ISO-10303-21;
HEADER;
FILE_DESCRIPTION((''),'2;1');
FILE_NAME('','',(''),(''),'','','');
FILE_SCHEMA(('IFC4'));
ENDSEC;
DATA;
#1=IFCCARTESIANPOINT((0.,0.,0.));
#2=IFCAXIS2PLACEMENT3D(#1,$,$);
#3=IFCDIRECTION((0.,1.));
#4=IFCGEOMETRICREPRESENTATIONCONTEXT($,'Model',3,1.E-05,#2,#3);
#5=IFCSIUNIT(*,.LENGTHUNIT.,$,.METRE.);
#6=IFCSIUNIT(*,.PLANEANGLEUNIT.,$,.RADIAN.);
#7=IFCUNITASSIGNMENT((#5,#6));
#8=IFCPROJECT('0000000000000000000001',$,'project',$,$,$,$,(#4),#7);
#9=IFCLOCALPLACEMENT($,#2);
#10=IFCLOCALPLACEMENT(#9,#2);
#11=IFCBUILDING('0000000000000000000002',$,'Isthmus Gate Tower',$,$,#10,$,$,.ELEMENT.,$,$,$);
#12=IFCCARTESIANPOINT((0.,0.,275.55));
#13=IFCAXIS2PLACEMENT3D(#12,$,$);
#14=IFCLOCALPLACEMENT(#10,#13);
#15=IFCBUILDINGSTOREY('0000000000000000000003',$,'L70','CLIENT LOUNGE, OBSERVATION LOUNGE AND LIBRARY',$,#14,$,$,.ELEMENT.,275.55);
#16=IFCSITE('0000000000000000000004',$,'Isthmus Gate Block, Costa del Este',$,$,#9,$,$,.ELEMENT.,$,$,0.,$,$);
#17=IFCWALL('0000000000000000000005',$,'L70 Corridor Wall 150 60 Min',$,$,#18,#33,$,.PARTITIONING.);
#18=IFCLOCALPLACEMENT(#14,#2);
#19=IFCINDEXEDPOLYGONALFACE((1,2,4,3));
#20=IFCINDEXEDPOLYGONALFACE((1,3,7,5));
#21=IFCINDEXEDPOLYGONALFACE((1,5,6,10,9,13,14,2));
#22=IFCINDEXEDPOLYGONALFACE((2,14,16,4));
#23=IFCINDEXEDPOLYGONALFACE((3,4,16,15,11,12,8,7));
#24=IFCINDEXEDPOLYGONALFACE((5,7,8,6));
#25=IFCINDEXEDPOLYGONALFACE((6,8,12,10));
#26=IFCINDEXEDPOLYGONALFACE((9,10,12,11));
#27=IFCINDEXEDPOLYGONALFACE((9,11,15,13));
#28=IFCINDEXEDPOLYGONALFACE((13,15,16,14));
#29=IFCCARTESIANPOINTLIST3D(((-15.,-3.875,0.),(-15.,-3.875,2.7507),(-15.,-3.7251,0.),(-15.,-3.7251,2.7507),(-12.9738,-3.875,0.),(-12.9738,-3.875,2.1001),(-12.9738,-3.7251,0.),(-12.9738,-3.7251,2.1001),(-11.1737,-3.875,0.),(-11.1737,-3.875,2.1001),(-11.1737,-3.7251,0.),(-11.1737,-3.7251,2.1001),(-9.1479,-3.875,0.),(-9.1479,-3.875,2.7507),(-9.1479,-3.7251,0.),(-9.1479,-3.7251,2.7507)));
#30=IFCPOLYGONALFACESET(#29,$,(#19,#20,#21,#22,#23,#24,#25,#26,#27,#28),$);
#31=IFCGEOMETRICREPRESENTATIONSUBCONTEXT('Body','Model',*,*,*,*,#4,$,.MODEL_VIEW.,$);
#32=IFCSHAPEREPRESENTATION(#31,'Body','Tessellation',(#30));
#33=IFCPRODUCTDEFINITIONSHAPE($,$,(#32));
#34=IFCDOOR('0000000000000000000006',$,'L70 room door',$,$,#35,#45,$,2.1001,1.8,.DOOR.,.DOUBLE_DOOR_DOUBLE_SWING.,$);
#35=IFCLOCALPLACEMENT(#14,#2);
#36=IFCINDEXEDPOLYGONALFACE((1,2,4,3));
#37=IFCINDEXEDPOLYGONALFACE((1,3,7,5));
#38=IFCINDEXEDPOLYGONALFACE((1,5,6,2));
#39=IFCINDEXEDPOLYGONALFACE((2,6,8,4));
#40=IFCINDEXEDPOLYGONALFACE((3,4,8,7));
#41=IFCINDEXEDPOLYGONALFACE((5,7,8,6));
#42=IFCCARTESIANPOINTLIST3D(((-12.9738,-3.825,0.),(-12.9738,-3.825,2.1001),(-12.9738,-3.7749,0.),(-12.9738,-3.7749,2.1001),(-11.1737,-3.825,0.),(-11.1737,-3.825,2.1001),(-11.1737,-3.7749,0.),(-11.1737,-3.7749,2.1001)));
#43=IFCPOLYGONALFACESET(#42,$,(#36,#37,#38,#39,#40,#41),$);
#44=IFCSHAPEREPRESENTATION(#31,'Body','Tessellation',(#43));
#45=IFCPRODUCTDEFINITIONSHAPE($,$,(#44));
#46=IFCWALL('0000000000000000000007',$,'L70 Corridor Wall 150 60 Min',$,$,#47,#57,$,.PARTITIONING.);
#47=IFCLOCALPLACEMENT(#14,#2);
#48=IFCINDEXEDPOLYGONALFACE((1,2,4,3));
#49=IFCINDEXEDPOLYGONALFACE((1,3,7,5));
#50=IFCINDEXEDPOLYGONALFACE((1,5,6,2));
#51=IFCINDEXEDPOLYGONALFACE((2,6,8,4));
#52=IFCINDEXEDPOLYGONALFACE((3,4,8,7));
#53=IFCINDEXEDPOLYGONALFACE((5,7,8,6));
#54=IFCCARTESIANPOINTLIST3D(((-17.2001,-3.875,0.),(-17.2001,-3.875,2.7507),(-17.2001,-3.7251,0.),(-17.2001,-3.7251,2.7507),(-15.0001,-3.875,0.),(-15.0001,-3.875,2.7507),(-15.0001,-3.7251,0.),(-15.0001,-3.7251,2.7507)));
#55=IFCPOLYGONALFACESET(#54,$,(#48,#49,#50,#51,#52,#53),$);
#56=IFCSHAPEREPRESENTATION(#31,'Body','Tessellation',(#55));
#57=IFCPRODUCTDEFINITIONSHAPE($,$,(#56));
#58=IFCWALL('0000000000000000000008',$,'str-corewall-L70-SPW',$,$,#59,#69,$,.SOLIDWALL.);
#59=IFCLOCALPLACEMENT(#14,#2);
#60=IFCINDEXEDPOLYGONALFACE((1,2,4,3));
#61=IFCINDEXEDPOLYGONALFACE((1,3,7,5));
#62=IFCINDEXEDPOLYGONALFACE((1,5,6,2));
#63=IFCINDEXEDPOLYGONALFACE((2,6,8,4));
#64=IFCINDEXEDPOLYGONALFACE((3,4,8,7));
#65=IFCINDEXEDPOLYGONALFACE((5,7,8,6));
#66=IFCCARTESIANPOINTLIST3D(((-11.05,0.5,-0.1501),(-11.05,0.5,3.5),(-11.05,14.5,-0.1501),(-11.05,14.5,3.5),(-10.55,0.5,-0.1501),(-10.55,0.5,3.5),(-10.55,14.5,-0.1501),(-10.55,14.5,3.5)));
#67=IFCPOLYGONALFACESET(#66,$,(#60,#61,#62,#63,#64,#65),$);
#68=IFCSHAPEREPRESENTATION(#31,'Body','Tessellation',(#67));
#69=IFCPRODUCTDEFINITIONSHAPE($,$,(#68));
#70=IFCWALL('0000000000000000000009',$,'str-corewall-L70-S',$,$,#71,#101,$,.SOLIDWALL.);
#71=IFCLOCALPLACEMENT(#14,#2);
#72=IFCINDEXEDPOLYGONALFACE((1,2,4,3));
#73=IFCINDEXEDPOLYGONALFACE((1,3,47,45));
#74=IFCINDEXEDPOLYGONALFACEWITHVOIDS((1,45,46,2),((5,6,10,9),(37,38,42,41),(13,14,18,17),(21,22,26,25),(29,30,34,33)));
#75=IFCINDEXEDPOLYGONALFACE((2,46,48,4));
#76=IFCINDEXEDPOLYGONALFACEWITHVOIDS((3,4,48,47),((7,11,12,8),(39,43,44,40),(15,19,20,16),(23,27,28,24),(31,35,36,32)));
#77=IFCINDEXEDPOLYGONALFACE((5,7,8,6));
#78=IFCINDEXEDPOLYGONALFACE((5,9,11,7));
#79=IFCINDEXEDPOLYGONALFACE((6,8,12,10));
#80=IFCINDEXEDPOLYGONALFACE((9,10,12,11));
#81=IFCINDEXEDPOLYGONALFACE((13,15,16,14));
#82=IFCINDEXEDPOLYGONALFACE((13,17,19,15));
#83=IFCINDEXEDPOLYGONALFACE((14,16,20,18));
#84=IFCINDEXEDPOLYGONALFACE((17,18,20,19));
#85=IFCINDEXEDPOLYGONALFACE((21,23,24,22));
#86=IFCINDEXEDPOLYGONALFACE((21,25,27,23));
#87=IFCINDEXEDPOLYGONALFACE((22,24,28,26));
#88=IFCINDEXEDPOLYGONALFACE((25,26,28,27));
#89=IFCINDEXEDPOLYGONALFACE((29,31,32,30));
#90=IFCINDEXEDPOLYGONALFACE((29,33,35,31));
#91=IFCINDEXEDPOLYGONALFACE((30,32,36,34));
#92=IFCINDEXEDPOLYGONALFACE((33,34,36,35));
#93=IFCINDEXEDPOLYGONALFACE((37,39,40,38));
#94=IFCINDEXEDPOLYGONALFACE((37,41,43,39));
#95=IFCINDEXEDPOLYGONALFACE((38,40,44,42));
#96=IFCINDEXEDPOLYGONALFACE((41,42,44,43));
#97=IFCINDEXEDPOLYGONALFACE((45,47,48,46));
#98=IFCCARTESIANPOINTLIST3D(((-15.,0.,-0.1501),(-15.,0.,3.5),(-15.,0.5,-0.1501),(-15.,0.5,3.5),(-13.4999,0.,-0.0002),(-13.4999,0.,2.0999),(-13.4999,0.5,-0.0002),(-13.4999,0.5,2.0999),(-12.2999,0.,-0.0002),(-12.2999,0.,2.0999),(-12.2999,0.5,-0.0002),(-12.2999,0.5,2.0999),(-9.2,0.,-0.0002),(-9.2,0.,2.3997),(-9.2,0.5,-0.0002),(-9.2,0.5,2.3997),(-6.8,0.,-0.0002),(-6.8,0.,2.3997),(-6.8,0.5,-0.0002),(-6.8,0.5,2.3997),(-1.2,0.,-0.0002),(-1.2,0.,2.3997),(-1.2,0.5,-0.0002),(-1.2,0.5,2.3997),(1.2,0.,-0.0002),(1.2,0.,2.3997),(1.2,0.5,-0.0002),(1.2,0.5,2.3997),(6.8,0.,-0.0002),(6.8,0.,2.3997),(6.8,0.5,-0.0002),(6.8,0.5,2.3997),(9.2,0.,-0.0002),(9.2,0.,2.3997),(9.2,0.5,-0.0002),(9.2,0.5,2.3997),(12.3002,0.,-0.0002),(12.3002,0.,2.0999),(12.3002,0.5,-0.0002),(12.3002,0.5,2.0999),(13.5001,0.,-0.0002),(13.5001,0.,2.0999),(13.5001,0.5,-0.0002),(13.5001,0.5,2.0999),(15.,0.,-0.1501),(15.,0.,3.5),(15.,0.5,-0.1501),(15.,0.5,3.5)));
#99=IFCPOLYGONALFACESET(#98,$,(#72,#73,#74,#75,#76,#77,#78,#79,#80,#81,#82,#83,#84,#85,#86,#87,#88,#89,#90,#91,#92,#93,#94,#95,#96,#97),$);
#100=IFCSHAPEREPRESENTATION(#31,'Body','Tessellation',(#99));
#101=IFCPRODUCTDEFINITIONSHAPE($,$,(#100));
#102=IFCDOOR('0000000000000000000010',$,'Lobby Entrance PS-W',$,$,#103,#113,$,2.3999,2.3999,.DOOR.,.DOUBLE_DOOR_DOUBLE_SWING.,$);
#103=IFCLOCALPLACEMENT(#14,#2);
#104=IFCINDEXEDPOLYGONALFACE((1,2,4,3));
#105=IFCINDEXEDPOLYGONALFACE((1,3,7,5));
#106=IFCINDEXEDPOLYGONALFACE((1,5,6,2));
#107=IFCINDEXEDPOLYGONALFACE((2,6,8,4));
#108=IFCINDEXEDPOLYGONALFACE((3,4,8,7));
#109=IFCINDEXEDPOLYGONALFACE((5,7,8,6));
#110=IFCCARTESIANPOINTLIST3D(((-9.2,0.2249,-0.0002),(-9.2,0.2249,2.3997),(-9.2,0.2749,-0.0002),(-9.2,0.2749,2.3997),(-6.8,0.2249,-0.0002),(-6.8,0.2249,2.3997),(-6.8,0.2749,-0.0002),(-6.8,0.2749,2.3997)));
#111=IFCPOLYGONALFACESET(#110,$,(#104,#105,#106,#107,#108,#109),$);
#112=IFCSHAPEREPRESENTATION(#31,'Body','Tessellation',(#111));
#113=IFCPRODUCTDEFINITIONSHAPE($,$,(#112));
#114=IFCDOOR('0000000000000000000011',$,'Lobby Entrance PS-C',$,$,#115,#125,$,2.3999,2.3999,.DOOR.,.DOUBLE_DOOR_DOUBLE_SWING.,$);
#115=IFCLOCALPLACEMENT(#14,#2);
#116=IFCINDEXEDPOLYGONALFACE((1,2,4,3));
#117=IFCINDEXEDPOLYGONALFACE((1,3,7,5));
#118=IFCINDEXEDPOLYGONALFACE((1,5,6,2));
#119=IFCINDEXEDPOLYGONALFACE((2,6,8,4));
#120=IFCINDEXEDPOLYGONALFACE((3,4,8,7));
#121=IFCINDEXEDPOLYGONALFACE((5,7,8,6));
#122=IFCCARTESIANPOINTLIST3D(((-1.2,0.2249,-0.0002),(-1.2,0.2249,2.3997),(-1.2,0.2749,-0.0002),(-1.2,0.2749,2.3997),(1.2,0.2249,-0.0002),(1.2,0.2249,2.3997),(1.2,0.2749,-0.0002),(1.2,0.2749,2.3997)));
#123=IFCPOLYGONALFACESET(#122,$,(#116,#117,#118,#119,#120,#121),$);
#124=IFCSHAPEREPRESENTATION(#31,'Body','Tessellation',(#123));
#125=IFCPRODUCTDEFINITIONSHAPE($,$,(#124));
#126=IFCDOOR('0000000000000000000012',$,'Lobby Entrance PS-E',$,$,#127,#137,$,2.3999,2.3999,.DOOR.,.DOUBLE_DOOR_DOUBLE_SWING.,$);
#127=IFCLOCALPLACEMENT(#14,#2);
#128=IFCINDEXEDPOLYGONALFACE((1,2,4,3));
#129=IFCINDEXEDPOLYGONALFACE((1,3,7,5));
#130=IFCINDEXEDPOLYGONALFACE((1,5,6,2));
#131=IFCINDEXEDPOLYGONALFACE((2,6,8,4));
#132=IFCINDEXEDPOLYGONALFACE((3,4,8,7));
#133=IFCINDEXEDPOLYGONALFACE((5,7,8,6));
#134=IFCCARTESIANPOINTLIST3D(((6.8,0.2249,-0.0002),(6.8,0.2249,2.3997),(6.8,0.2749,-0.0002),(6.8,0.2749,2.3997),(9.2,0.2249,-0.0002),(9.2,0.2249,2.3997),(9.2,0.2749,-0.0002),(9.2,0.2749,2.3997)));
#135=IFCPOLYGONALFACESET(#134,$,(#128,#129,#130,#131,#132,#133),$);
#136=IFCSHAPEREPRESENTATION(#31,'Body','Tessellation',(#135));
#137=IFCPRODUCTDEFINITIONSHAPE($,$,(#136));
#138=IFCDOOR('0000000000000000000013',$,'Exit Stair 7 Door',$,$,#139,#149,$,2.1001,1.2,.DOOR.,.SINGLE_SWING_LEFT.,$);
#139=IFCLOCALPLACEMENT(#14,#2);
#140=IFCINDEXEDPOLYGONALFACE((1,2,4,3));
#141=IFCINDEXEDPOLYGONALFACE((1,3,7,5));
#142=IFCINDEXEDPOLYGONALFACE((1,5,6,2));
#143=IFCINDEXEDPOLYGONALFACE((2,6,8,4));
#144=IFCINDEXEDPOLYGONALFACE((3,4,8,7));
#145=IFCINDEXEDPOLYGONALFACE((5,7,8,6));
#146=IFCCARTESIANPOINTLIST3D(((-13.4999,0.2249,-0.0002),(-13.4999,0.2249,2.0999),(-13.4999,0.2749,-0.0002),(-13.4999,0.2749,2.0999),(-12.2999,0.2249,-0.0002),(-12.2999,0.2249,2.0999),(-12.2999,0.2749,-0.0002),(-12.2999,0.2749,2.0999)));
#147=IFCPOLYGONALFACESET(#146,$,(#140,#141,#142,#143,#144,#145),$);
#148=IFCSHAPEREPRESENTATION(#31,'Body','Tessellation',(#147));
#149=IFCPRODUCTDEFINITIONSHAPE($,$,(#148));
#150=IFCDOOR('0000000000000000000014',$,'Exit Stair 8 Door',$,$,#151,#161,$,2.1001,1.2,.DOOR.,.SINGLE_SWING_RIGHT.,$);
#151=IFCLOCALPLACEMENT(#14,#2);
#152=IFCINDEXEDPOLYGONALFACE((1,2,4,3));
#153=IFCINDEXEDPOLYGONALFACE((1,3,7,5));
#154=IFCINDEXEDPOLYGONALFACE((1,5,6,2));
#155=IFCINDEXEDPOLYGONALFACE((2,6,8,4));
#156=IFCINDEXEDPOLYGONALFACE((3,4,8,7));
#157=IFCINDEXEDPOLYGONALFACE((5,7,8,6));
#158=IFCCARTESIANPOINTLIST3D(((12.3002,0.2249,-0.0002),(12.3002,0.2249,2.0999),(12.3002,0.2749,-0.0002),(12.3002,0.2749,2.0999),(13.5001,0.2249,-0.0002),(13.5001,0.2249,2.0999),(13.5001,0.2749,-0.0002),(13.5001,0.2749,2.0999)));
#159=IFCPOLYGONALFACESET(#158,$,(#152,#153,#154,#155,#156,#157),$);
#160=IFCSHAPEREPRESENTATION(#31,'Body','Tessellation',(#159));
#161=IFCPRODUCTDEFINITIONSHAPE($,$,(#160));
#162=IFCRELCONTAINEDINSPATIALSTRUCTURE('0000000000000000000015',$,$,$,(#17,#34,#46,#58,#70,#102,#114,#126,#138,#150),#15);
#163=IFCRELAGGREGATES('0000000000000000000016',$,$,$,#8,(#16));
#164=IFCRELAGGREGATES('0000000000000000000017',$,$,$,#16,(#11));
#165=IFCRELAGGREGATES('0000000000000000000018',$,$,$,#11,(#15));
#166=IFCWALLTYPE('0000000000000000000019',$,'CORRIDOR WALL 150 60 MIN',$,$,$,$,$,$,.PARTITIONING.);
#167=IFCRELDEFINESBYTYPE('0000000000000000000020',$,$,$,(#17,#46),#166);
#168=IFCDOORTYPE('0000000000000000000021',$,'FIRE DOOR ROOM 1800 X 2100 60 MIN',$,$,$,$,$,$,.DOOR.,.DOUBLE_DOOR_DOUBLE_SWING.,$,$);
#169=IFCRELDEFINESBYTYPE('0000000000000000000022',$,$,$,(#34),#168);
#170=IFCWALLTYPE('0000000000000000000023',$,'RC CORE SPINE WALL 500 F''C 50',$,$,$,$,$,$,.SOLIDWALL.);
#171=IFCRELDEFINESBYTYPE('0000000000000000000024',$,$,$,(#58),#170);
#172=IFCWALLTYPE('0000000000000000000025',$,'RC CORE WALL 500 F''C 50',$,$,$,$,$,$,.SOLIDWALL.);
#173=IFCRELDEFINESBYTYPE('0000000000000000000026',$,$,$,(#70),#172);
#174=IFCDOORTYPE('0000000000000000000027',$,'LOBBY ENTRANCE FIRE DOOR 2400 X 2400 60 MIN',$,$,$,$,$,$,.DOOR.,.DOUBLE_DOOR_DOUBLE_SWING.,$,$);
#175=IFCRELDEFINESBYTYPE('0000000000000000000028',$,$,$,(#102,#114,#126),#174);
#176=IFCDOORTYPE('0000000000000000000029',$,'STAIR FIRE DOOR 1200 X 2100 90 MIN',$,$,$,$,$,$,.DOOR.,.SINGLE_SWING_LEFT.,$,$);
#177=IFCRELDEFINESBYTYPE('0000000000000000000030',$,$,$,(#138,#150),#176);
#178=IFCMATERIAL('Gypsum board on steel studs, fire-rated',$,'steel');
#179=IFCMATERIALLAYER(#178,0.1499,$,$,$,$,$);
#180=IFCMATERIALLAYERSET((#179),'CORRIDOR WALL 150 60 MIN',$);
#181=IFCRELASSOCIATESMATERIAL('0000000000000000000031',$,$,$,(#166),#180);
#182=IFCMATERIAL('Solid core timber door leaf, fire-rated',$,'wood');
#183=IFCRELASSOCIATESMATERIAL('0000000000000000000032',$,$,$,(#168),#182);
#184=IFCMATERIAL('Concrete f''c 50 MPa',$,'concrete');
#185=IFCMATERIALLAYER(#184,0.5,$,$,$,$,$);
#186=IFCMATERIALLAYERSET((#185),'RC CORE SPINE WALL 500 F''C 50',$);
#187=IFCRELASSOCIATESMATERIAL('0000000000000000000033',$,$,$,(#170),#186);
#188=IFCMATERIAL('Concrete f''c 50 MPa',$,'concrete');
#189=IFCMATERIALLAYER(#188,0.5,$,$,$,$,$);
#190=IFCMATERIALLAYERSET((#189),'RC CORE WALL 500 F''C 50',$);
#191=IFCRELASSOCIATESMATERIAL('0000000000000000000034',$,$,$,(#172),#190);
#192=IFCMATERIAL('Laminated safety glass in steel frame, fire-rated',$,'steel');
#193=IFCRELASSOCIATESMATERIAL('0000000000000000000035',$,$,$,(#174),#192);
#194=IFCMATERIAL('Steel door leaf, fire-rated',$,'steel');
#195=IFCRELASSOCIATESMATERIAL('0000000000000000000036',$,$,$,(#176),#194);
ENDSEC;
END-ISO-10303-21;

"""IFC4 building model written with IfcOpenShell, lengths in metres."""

from ifc_helpers import new_model, si_unit, direction, frame, frame_2d, origin, place, context, subcontext, project, spatial, rectangle, extrude, material, layer, layer_set, type_object, element, fill, save


model = new_model("IFC4")

# Units and contexts
model_context = context("Model", 3, precision=1e-05, world=origin(), true_north=direction((0.0, 1.0)))
body_context = subcontext(model_context, "Body", "Model", "MODEL_VIEW")
ifc_project = project(units=[si_unit("LENGTHUNIT", "METRE"), si_unit("PLANEANGLEUNIT", "RADIAN")], contexts=[model_context])

# Site, building, storey
site_placement = place(None, origin())
site = spatial("IfcSite", under=ifc_project, at=site_placement, Name="Isthmus Gate Block, Costa del Este", CompositionType="ELEMENT", RefElevation=0.0)
building_placement = place(site_placement, origin())
building = spatial("IfcBuilding", under=site, at=building_placement, Name="Isthmus Gate Tower", CompositionType="ELEMENT")
storey_placement = place(building_placement, frame((0.0, 0.0, 275.55)))
storey = spatial("IfcBuildingStorey", under=building, at=storey_placement, Name="L70", Description="CLIENT LOUNGE, OBSERVATION LOUNGE AND LIBRARY", CompositionType="ELEMENT", Elevation=275.55)

# Wall, opening, door
ifc_material_1 = material(Name="Gypsum board on steel studs, fire-rated", Category="steel")
ifc_layer_1 = layer(ifc_material_1, 0.1499)
ifc_layer_set_1 = layer_set([ifc_layer_1], Name="CORRIDOR WALL 150 60 MIN")
wall_type_1 = type_object("IfcWallType", Name="CORRIDOR WALL 150 60 MIN", PredefinedType="PARTITIONING", material=ifc_layer_set_1)
wall_1_placement = place(storey_placement, frame((-9.1479, -3.8, 0.0), z_axis=(0.0, 0.0, 1.0), x_axis=(-1.0, 0.0, 0.0)))
wall_1 = element("IfcWall", 1, at=wall_1_placement, inside=storey, type_object=wall_type_1, Name="L70 Corridor Wall 150 60 Min", PredefinedType="PARTITIONING", context=body_context, shape_type="SweptSolid", body=[
    extrude(rectangle(XDim=5.8521, YDim=0.1499, at=frame_2d((2.926, 0.0))), origin(), (0.0, 0.0, 1.0), 2.7507),
])
opening_1_placement = place(wall_1_placement, frame((2.0259, 0.0, 0.0)))
opening_1 = element("IfcOpeningElement", 2, at=opening_1_placement, cuts=wall_1, PredefinedType="OPENING", context=body_context, shape_type="SweptSolid", body=[
    extrude(rectangle(XDim=1.8, YDim=2.1001, at=frame_2d((0.8999, 1.05))), frame((0.0, 0.085, 0.0), z_axis=(0.0, -1.0, 0.0), x_axis=(1.0, 0.0, 0.0)), (0.0, 0.0, 1.0), 0.1699),
])
ifc_material_2 = material(Name="Solid core timber door leaf, fire-rated", Category="wood")
door_type_1 = type_object("IfcDoorType", Name="FIRE DOOR ROOM 1800 X 2100 60 MIN", OperationType="DOUBLE_DOOR_DOUBLE_SWING", PredefinedType="DOOR", material=ifc_material_2)
door_1_placement = place(opening_1_placement, origin())
door_1 = element("IfcDoor", 3, at=door_1_placement, inside=storey, type_object=door_type_1, Name="L70 room door", OperationType="DOUBLE_DOOR_DOUBLE_SWING", OverallHeight=2.1001, OverallWidth=1.8, PredefinedType="DOOR", context=body_context, shape_type="SweptSolid", body=[
    extrude(rectangle(XDim=1.8, YDim=2.1001, at=frame_2d((0.8999, 1.05))), frame((0.0, 0.0249, 0.0), z_axis=(0.0, -1.0, 0.0), x_axis=(1.0, 0.0, 0.0)), (0.0, 0.0, 1.0), 0.05),
])
fill(opening_1, door_1)

# Walls
wall_2_placement = place(storey_placement, frame((-15.0, -3.8, 0.0), z_axis=(0.0, 0.0, 1.0), x_axis=(-1.0, 0.0, 0.0)))
element("IfcWall", 4, at=wall_2_placement, inside=storey, type_object=wall_type_1, Name="L70 Corridor Wall 150 60 Min", PredefinedType="PARTITIONING", context=body_context, shape_type="SweptSolid", body=[
    extrude(rectangle(XDim=2.2, YDim=0.1499, at=frame_2d((1.1001, 0.0))), origin(), (0.0, 0.0, 1.0), 2.7507),
])
ifc_material_3 = material(Name="Concrete f'c 50 MPa", Category="concrete")
ifc_layer_2 = layer(ifc_material_3, 0.5)
ifc_layer_set_2 = layer_set([ifc_layer_2], Name="RC CORE SPINE WALL 500 F'C 50")
wall_type_2 = type_object("IfcWallType", Name="RC CORE SPINE WALL 500 F'C 50", PredefinedType="SOLIDWALL", material=ifc_layer_set_2)
wall_3_placement = place(storey_placement, frame((-10.8, 0.5, -0.1501), z_axis=(0.0, 0.0, 1.0), x_axis=(0.0, 1.0, 0.0)))
element("IfcWall", 5, at=wall_3_placement, inside=storey, type_object=wall_type_2, Name="str-corewall-L70-SPW", PredefinedType="SOLIDWALL", context=body_context, shape_type="SweptSolid", body=[
    extrude(rectangle(XDim=14.0, YDim=0.5, at=frame_2d((7.0, 0.0))), origin(), (0.0, 0.0, 1.0), 3.6501),
])

# Wall, openings, doors
ifc_material_4 = material(Name="Concrete f'c 50 MPa", Category="concrete")
ifc_layer_3 = layer(ifc_material_4, 0.5)
ifc_layer_set_3 = layer_set([ifc_layer_3], Name="RC CORE WALL 500 F'C 50")
wall_type_3 = type_object("IfcWallType", Name="RC CORE WALL 500 F'C 50", PredefinedType="SOLIDWALL", material=ifc_layer_set_3)
wall_4_placement = place(storey_placement, frame((-15.0, 0.25, -0.1501), z_axis=(0.0, 0.0, 1.0), x_axis=(1.0, 0.0, 0.0)))
wall_4 = element("IfcWall", 6, at=wall_4_placement, inside=storey, type_object=wall_type_3, Name="str-corewall-L70-S", PredefinedType="SOLIDWALL", context=body_context, shape_type="SweptSolid", body=[
    extrude(rectangle(XDim=30.0, YDim=0.5, at=frame_2d((15.0, 0.0))), origin(), (0.0, 0.0, 1.0), 3.6501),
])
opening_2_placement = place(wall_4_placement, frame((5.8, 0.0, 0.1499)))
opening_2 = element("IfcOpeningElement", 7, at=opening_2_placement, cuts=wall_4, PredefinedType="OPENING", context=body_context, shape_type="SweptSolid", body=[
    extrude(rectangle(XDim=2.3999, YDim=2.3999, at=frame_2d((1.2, 1.2))), frame((0.0, 0.26, 0.0), z_axis=(0.0, -1.0, 0.0), x_axis=(1.0, 0.0, 0.0)), (0.0, 0.0, 1.0), 0.52),
])
opening_3_placement = place(wall_4_placement, frame((13.8, 0.0, 0.1499)))
opening_3 = element("IfcOpeningElement", 8, at=opening_3_placement, cuts=wall_4, PredefinedType="OPENING", context=body_context, shape_type="SweptSolid", body=[
    extrude(rectangle(XDim=2.3999, YDim=2.3999, at=frame_2d((1.2, 1.2))), frame((0.0, 0.26, 0.0), z_axis=(0.0, -1.0, 0.0), x_axis=(1.0, 0.0, 0.0)), (0.0, 0.0, 1.0), 0.52),
])
opening_4_placement = place(wall_4_placement, frame((21.8, 0.0, 0.1499)))
opening_4 = element("IfcOpeningElement", 9, at=opening_4_placement, cuts=wall_4, PredefinedType="OPENING", context=body_context, shape_type="SweptSolid", body=[
    extrude(rectangle(XDim=2.3999, YDim=2.3999, at=frame_2d((1.2, 1.2))), frame((0.0, 0.26, 0.0), z_axis=(0.0, -1.0, 0.0), x_axis=(1.0, 0.0, 0.0)), (0.0, 0.0, 1.0), 0.52),
])
opening_5_placement = place(wall_4_placement, frame((1.5, 0.0, 0.1499)))
opening_5 = element("IfcOpeningElement", 10, at=opening_5_placement, cuts=wall_4, PredefinedType="OPENING", context=body_context, shape_type="SweptSolid", body=[
    extrude(rectangle(XDim=1.2, YDim=2.1001, at=frame_2d((0.6001, 1.05))), frame((0.0, 0.26, 0.0), z_axis=(0.0, -1.0, 0.0), x_axis=(1.0, 0.0, 0.0)), (0.0, 0.0, 1.0), 0.52),
])
opening_6_placement = place(wall_4_placement, frame((27.3, 0.0, 0.1499)))
opening_6 = element("IfcOpeningElement", 11, at=opening_6_placement, cuts=wall_4, PredefinedType="OPENING", context=body_context, shape_type="SweptSolid", body=[
    extrude(rectangle(XDim=1.2, YDim=2.1001, at=frame_2d((0.6001, 1.05))), frame((0.0, 0.26, 0.0), z_axis=(0.0, -1.0, 0.0), x_axis=(1.0, 0.0, 0.0)), (0.0, 0.0, 1.0), 0.52),
])
ifc_material_5 = material(Name="Laminated safety glass in steel frame, fire-rated", Category="steel")
door_type_2 = type_object("IfcDoorType", Name="LOBBY ENTRANCE FIRE DOOR 2400 X 2400 60 MIN", OperationType="DOUBLE_DOOR_DOUBLE_SWING", PredefinedType="DOOR", material=ifc_material_5)
door_2_placement = place(opening_2_placement, origin())
door_2 = element("IfcDoor", 12, at=door_2_placement, inside=storey, type_object=door_type_2, Name="Lobby Entrance PS-W", OperationType="DOUBLE_DOOR_DOUBLE_SWING", OverallHeight=2.3999, OverallWidth=2.3999, PredefinedType="DOOR", context=body_context, shape_type="SweptSolid", body=[
    extrude(rectangle(XDim=2.3999, YDim=2.3999, at=frame_2d((1.2, 1.2))), frame((0.0, 0.0249, 0.0), z_axis=(0.0, -1.0, 0.0), x_axis=(1.0, 0.0, 0.0)), (0.0, 0.0, 1.0), 0.05),
])
fill(opening_2, door_2)
door_3_placement = place(opening_3_placement, origin())
door_3 = element("IfcDoor", 13, at=door_3_placement, inside=storey, type_object=door_type_2, Name="Lobby Entrance PS-C", OperationType="DOUBLE_DOOR_DOUBLE_SWING", OverallHeight=2.3999, OverallWidth=2.3999, PredefinedType="DOOR", context=body_context, shape_type="SweptSolid", body=[
    extrude(rectangle(XDim=2.3999, YDim=2.3999, at=frame_2d((1.2, 1.2))), frame((0.0, 0.0249, 0.0), z_axis=(0.0, -1.0, 0.0), x_axis=(1.0, 0.0, 0.0)), (0.0, 0.0, 1.0), 0.05),
])
fill(opening_3, door_3)
door_4_placement = place(opening_4_placement, origin())
door_4 = element("IfcDoor", 14, at=door_4_placement, inside=storey, type_object=door_type_2, Name="Lobby Entrance PS-E", OperationType="DOUBLE_DOOR_DOUBLE_SWING", OverallHeight=2.3999, OverallWidth=2.3999, PredefinedType="DOOR", context=body_context, shape_type="SweptSolid", body=[
    extrude(rectangle(XDim=2.3999, YDim=2.3999, at=frame_2d((1.2, 1.2))), frame((0.0, 0.0249, 0.0), z_axis=(0.0, -1.0, 0.0), x_axis=(1.0, 0.0, 0.0)), (0.0, 0.0, 1.0), 0.05),
])
fill(opening_4, door_4)
ifc_material_6 = material(Name="Steel door leaf, fire-rated", Category="steel")
door_type_3 = type_object("IfcDoorType", Name="STAIR FIRE DOOR 1200 X 2100 90 MIN", OperationType="SINGLE_SWING_LEFT", PredefinedType="DOOR", material=ifc_material_6)
door_5_placement = place(opening_5_placement, origin())
door_5 = element("IfcDoor", 15, at=door_5_placement, inside=storey, type_object=door_type_3, Name="Exit Stair 7 Door", OperationType="SINGLE_SWING_LEFT", OverallHeight=2.1001, OverallWidth=1.2, PredefinedType="DOOR", context=body_context, shape_type="SweptSolid", body=[
    extrude(rectangle(XDim=1.2, YDim=2.1001, at=frame_2d((0.6001, 1.05))), frame((0.0, 0.0249, 0.0), z_axis=(0.0, -1.0, 0.0), x_axis=(1.0, 0.0, 0.0)), (0.0, 0.0, 1.0), 0.05),
])
fill(opening_5, door_5)
door_6_placement = place(opening_6_placement, origin())
door_6 = element("IfcDoor", 16, at=door_6_placement, inside=storey, type_object=door_type_3, Name="Exit Stair 8 Door", OperationType="SINGLE_SWING_RIGHT", OverallHeight=2.1001, OverallWidth=1.2, PredefinedType="DOOR", context=body_context, shape_type="SweptSolid", body=[
    extrude(rectangle(XDim=1.2, YDim=2.1001, at=frame_2d((0.6001, 1.05))), frame((0.0, 0.0249, 0.0), z_axis=(0.0, -1.0, 0.0), x_axis=(1.0, 0.0, 0.0)), (0.0, 0.0, 1.0), 0.05),
])
fill(opening_6, door_6)

save(model, "model.ifc")
